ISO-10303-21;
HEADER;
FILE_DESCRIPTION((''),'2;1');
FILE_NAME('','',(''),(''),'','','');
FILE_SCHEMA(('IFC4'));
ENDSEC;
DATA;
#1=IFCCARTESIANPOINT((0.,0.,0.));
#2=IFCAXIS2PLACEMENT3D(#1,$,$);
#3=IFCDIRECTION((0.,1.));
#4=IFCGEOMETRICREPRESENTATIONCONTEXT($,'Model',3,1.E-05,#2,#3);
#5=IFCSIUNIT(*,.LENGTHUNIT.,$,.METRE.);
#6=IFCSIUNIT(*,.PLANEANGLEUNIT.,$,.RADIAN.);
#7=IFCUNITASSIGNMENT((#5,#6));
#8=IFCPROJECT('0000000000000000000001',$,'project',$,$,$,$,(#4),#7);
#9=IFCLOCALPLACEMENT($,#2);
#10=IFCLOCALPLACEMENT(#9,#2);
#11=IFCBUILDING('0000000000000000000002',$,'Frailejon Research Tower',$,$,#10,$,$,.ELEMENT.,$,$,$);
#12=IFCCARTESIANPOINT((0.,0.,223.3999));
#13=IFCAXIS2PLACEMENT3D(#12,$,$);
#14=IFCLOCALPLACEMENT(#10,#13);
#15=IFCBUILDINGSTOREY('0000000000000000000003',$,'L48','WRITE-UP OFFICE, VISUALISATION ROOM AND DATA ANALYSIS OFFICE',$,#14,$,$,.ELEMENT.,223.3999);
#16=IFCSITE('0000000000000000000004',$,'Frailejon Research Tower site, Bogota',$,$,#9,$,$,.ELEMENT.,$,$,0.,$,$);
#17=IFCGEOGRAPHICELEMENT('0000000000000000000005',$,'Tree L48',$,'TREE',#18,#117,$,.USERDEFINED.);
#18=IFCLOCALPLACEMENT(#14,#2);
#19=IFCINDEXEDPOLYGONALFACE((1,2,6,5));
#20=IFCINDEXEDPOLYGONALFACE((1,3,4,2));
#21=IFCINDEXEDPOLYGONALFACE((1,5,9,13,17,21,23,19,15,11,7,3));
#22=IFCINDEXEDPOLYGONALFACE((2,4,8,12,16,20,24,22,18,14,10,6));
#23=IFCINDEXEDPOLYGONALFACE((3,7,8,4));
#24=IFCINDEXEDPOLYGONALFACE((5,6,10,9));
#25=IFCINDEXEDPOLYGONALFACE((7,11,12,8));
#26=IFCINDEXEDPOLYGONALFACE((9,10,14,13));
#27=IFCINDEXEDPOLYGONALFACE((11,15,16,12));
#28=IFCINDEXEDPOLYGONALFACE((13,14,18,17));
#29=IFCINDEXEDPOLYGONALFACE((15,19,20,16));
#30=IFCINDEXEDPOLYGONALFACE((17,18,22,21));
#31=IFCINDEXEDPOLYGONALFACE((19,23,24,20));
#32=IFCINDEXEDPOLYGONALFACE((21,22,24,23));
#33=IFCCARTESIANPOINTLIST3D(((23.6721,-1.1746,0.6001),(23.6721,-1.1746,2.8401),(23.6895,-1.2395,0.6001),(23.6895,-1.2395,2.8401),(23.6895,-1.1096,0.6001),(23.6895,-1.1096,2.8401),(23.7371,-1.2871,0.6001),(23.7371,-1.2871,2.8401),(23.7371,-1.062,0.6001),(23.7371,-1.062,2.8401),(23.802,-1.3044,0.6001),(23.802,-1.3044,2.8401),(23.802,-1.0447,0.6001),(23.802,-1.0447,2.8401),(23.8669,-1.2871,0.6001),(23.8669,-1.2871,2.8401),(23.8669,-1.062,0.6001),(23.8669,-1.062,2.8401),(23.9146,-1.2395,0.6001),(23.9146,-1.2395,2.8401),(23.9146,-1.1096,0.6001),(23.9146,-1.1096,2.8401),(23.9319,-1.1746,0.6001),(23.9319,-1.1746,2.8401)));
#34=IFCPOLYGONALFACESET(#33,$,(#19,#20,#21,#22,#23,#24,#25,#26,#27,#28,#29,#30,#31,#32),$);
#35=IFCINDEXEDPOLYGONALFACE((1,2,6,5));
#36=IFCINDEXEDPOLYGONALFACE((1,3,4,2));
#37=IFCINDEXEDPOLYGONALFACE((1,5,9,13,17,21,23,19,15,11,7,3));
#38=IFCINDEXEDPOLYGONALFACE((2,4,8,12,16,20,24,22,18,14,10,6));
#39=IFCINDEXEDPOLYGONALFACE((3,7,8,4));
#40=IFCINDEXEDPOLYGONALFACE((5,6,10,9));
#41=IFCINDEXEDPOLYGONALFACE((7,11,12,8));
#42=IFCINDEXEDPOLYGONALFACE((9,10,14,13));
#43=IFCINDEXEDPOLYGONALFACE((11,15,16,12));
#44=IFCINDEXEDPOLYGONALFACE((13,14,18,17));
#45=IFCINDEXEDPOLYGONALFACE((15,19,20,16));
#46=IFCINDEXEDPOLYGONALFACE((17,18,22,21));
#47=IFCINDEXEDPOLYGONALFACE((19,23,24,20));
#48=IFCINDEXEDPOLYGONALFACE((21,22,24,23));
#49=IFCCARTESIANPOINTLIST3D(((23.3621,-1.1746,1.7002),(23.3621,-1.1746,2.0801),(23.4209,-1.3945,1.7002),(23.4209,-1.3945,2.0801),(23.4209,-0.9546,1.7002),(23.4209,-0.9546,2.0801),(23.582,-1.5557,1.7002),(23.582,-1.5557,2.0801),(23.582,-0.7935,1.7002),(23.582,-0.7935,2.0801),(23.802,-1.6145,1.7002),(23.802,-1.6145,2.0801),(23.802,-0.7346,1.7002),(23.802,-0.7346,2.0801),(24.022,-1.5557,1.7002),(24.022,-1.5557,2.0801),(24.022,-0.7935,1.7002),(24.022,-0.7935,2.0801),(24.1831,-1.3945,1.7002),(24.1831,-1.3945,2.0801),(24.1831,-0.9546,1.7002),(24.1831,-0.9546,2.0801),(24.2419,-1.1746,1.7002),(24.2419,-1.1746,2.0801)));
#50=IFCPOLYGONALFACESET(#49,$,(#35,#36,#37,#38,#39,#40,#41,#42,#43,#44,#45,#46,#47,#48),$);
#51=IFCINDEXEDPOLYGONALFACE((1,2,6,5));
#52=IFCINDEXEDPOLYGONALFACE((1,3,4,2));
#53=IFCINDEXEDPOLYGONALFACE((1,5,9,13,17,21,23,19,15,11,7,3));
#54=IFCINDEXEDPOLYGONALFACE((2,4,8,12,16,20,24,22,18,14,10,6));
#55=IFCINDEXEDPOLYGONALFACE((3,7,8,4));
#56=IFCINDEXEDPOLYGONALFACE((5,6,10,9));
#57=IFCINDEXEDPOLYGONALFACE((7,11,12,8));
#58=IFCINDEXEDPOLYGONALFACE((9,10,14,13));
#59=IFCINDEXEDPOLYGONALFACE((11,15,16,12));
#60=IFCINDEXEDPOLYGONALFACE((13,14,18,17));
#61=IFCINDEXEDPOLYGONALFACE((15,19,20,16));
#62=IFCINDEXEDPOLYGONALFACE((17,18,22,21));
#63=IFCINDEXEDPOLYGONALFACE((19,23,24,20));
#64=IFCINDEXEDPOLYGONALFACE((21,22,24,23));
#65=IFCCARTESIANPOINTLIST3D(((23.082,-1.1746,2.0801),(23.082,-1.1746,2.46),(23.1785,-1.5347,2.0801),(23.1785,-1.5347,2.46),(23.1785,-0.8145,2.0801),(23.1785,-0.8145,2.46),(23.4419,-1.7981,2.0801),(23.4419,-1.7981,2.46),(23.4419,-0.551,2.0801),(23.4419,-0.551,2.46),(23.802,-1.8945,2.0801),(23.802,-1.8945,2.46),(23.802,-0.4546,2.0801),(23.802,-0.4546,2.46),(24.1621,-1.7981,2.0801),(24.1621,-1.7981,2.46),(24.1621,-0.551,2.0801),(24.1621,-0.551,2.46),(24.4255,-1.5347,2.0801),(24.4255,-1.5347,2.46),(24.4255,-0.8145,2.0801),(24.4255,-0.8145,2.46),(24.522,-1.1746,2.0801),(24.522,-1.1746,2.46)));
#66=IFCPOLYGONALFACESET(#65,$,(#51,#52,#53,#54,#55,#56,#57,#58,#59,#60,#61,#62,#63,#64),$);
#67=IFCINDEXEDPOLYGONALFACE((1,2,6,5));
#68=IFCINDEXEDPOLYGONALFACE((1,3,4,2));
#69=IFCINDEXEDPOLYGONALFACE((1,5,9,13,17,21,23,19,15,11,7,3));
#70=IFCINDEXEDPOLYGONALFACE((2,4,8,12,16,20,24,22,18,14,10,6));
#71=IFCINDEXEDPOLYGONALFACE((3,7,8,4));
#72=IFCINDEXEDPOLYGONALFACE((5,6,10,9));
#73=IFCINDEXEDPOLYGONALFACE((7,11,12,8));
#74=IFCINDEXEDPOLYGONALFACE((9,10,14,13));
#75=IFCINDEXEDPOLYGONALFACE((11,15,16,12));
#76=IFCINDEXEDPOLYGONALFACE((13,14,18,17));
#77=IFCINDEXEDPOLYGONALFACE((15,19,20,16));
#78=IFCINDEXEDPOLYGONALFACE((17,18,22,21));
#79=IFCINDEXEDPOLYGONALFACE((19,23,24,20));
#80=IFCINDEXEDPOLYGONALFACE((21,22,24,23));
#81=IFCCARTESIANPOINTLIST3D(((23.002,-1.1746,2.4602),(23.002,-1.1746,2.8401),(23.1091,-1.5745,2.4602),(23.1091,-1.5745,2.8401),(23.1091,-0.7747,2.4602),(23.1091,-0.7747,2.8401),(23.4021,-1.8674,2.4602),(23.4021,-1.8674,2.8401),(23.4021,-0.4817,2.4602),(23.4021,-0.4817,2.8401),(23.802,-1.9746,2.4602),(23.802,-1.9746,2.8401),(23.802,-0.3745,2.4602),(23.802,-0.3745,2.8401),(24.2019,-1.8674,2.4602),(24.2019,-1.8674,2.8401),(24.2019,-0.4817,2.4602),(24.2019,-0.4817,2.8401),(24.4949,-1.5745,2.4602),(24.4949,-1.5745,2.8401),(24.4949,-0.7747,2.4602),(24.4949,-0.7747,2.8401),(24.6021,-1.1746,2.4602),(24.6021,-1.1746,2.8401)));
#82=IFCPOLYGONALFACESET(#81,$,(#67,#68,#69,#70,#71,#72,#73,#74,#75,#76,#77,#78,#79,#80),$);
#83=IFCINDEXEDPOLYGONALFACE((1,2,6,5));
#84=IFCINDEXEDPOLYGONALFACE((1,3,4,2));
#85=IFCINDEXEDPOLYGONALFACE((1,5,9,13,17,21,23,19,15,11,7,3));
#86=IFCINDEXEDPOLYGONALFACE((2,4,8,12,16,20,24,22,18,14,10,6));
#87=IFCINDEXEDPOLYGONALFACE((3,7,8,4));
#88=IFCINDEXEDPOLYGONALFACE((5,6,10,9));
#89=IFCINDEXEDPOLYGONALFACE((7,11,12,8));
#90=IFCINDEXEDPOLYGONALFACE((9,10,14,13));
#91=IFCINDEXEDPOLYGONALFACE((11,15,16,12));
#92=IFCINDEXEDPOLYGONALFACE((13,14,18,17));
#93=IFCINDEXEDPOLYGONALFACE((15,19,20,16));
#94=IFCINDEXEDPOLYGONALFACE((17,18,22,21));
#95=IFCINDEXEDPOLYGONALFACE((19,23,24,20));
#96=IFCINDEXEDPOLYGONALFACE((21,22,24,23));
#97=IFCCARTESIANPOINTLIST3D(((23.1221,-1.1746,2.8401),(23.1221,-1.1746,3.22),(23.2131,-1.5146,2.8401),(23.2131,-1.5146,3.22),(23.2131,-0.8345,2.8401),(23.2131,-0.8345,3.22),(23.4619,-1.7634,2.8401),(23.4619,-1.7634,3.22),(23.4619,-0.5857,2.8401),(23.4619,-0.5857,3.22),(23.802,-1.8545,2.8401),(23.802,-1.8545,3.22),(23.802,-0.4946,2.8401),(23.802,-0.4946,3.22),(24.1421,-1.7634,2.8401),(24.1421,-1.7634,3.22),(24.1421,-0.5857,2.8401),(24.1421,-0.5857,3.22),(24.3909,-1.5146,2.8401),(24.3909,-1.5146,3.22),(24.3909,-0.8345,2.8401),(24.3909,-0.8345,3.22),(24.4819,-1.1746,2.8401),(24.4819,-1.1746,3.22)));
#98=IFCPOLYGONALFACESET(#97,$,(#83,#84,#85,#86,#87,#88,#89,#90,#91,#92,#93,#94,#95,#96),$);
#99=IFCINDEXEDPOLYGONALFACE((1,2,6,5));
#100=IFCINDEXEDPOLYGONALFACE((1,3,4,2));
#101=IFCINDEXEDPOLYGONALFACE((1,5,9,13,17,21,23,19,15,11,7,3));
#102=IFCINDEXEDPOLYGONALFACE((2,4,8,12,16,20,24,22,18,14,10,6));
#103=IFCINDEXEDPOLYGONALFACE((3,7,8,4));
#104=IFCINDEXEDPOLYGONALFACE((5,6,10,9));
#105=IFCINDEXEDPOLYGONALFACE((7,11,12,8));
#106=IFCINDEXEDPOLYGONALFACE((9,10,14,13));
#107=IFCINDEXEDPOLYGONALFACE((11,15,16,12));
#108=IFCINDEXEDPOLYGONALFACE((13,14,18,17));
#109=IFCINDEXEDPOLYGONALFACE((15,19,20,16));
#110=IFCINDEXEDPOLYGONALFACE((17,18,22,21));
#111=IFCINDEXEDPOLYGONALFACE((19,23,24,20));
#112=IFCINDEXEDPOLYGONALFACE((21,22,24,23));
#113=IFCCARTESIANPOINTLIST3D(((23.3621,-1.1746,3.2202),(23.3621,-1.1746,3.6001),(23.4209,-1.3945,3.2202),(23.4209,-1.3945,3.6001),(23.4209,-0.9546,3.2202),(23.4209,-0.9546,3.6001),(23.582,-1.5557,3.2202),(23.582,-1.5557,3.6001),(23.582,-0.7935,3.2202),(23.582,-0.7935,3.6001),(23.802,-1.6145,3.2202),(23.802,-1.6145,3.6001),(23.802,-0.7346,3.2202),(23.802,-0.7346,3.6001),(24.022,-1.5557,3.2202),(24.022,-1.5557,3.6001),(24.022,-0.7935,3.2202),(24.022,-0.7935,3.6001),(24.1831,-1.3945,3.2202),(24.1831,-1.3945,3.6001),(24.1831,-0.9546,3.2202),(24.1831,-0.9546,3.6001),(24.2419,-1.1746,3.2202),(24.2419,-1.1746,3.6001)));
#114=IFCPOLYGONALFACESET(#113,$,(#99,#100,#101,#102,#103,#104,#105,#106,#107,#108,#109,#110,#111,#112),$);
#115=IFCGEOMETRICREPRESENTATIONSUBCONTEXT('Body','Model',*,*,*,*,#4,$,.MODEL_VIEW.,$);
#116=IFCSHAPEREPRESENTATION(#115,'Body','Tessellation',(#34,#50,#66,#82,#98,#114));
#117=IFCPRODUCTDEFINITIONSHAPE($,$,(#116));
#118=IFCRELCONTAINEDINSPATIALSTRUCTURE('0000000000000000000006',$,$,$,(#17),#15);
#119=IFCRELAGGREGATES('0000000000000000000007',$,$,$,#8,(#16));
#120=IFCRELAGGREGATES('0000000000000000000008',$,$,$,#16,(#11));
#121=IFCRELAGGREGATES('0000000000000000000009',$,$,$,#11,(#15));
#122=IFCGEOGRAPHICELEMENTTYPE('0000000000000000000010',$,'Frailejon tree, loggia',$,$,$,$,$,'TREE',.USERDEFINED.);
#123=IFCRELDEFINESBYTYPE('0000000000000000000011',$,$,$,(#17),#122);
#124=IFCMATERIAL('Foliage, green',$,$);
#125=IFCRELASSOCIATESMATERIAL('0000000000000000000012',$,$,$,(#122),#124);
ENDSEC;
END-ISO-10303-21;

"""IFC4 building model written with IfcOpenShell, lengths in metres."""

from ifc_helpers import new_model, si_unit, direction, frame, origin, place, context, subcontext, project, spatial, polyline, outline, extrude, material, type_object, element, save


model = new_model("IFC4")

# Units and contexts
model_context = context("Model", 3, precision=1e-05, world=origin(), true_north=direction((0.0, 1.0)))
body_context = subcontext(model_context, "Body", "Model", "MODEL_VIEW")
ifc_project = project(units=[si_unit("LENGTHUNIT", "METRE"), si_unit("PLANEANGLEUNIT", "RADIAN")], contexts=[model_context])

# Site, building, storey
site_placement = place(None, origin())
site = spatial("IfcSite", under=ifc_project, at=site_placement, Name="Frailejon Research Tower site, Bogota", CompositionType="ELEMENT", RefElevation=0.0)
building_placement = place(site_placement, origin())
building = spatial("IfcBuilding", under=site, at=building_placement, Name="Frailejon Research Tower", CompositionType="ELEMENT")
storey_placement = place(building_placement, frame((0.0, 0.0, 223.3999)))
storey = spatial("IfcBuildingStorey", under=building, at=storey_placement, Name="L48", Description="WRITE-UP OFFICE, VISUALISATION ROOM AND DATA ANALYSIS OFFICE", CompositionType="ELEMENT", Elevation=223.3999)

# Geographic element
ifc_material_1 = material(Name="Foliage, green")
geographic_element_type = type_object("IfcGeographicElementType", Name="Frailejon tree, loggia", ElementType="TREE", PredefinedType="USERDEFINED", material=ifc_material_1)
geographic_element_placement = place(storey_placement, frame((23.802, -1.1746, 0.6001)))
element("IfcGeographicElement", 1, at=geographic_element_placement, inside=storey, type_object=geographic_element_type, Name="Tree L48", ObjectType="TREE", PredefinedType="USERDEFINED", context=body_context, shape_type="SweptSolid", body=[
    extrude(outline(polyline([(0.1299, 0.0), (0.1125, 0.0649), (0.0649, 0.1125), (0.0, 0.1299), (-0.0649, 0.1125), (-0.1125, 0.0649), (-0.1299, 0.0), (-0.1125, -0.0649), (-0.0649, -0.1125), (0.0, -0.1299), (0.0649, -0.1125), (0.1125, -0.0649), (0.1299, 0.0)])), origin(), (0.0, 0.0, 1.0), 2.24),
    extrude(outline(polyline([(0.4399, 0.0), (0.3811, 0.22), (0.22, 0.3811), (0.0, 0.4399), (-0.22, 0.3811), (-0.3811, 0.22), (-0.4399, 0.0), (-0.3811, -0.22), (-0.22, -0.3811), (0.0, -0.4399), (0.22, -0.3811), (0.3811, -0.22), (0.4399, 0.0)])), frame((0.0, 0.0, 1.1001)), (0.0, 0.0, 1.0), 0.3799),
    extrude(outline(polyline([(0.72, 0.0), (0.6235, 0.3601), (0.3601, 0.6235), (0.0, 0.72), (-0.3601, 0.6235), (-0.6235, 0.3601), (-0.72, 0.0), (-0.6235, -0.3601), (-0.3601, -0.6235), (0.0, -0.72), (0.3601, -0.6235), (0.6235, -0.3601), (0.72, 0.0)])), frame((0.0, 0.0, 1.48)), (0.0, 0.0, 1.0), 0.3799),
    extrude(outline(polyline([(0.8, 0.0), (0.6929, 0.3999), (0.3999, 0.6929), (0.0, 0.8), (-0.3999, 0.6929), (-0.6929, 0.3999), (-0.8, 0.0), (-0.6929, -0.3999), (-0.3999, -0.6929), (0.0, -0.8), (0.3999, -0.6929), (0.6929, -0.3999), (0.8, 0.0)])), frame((0.0, 0.0, 1.8601)), (0.0, 0.0, 1.0), 0.3799),
    extrude(outline(polyline([(0.6799, 0.0), (0.5889, 0.3401), (0.3401, 0.5889), (0.0, 0.6799), (-0.3401, 0.5889), (-0.5889, 0.3401), (-0.6799, 0.0), (-0.5889, -0.3401), (-0.3401, -0.5889), (0.0, -0.6799), (0.3401, -0.5889), (0.5889, -0.3401), (0.6799, 0.0)])), frame((0.0, 0.0, 2.24)), (0.0, 0.0, 1.0), 0.3799),
    extrude(outline(polyline([(0.4399, 0.0), (0.3811, 0.22), (0.22, 0.3811), (0.0, 0.4399), (-0.22, 0.3811), (-0.3811, 0.22), (-0.4399, 0.0), (-0.3811, -0.22), (-0.22, -0.3811), (0.0, -0.4399), (0.22, -0.3811), (0.3811, -0.22), (0.4399, 0.0)])), frame((0.0, 0.0, 2.6201)), (0.0, 0.0, 1.0), 0.3799),
])

save(model, "model.ifc")
